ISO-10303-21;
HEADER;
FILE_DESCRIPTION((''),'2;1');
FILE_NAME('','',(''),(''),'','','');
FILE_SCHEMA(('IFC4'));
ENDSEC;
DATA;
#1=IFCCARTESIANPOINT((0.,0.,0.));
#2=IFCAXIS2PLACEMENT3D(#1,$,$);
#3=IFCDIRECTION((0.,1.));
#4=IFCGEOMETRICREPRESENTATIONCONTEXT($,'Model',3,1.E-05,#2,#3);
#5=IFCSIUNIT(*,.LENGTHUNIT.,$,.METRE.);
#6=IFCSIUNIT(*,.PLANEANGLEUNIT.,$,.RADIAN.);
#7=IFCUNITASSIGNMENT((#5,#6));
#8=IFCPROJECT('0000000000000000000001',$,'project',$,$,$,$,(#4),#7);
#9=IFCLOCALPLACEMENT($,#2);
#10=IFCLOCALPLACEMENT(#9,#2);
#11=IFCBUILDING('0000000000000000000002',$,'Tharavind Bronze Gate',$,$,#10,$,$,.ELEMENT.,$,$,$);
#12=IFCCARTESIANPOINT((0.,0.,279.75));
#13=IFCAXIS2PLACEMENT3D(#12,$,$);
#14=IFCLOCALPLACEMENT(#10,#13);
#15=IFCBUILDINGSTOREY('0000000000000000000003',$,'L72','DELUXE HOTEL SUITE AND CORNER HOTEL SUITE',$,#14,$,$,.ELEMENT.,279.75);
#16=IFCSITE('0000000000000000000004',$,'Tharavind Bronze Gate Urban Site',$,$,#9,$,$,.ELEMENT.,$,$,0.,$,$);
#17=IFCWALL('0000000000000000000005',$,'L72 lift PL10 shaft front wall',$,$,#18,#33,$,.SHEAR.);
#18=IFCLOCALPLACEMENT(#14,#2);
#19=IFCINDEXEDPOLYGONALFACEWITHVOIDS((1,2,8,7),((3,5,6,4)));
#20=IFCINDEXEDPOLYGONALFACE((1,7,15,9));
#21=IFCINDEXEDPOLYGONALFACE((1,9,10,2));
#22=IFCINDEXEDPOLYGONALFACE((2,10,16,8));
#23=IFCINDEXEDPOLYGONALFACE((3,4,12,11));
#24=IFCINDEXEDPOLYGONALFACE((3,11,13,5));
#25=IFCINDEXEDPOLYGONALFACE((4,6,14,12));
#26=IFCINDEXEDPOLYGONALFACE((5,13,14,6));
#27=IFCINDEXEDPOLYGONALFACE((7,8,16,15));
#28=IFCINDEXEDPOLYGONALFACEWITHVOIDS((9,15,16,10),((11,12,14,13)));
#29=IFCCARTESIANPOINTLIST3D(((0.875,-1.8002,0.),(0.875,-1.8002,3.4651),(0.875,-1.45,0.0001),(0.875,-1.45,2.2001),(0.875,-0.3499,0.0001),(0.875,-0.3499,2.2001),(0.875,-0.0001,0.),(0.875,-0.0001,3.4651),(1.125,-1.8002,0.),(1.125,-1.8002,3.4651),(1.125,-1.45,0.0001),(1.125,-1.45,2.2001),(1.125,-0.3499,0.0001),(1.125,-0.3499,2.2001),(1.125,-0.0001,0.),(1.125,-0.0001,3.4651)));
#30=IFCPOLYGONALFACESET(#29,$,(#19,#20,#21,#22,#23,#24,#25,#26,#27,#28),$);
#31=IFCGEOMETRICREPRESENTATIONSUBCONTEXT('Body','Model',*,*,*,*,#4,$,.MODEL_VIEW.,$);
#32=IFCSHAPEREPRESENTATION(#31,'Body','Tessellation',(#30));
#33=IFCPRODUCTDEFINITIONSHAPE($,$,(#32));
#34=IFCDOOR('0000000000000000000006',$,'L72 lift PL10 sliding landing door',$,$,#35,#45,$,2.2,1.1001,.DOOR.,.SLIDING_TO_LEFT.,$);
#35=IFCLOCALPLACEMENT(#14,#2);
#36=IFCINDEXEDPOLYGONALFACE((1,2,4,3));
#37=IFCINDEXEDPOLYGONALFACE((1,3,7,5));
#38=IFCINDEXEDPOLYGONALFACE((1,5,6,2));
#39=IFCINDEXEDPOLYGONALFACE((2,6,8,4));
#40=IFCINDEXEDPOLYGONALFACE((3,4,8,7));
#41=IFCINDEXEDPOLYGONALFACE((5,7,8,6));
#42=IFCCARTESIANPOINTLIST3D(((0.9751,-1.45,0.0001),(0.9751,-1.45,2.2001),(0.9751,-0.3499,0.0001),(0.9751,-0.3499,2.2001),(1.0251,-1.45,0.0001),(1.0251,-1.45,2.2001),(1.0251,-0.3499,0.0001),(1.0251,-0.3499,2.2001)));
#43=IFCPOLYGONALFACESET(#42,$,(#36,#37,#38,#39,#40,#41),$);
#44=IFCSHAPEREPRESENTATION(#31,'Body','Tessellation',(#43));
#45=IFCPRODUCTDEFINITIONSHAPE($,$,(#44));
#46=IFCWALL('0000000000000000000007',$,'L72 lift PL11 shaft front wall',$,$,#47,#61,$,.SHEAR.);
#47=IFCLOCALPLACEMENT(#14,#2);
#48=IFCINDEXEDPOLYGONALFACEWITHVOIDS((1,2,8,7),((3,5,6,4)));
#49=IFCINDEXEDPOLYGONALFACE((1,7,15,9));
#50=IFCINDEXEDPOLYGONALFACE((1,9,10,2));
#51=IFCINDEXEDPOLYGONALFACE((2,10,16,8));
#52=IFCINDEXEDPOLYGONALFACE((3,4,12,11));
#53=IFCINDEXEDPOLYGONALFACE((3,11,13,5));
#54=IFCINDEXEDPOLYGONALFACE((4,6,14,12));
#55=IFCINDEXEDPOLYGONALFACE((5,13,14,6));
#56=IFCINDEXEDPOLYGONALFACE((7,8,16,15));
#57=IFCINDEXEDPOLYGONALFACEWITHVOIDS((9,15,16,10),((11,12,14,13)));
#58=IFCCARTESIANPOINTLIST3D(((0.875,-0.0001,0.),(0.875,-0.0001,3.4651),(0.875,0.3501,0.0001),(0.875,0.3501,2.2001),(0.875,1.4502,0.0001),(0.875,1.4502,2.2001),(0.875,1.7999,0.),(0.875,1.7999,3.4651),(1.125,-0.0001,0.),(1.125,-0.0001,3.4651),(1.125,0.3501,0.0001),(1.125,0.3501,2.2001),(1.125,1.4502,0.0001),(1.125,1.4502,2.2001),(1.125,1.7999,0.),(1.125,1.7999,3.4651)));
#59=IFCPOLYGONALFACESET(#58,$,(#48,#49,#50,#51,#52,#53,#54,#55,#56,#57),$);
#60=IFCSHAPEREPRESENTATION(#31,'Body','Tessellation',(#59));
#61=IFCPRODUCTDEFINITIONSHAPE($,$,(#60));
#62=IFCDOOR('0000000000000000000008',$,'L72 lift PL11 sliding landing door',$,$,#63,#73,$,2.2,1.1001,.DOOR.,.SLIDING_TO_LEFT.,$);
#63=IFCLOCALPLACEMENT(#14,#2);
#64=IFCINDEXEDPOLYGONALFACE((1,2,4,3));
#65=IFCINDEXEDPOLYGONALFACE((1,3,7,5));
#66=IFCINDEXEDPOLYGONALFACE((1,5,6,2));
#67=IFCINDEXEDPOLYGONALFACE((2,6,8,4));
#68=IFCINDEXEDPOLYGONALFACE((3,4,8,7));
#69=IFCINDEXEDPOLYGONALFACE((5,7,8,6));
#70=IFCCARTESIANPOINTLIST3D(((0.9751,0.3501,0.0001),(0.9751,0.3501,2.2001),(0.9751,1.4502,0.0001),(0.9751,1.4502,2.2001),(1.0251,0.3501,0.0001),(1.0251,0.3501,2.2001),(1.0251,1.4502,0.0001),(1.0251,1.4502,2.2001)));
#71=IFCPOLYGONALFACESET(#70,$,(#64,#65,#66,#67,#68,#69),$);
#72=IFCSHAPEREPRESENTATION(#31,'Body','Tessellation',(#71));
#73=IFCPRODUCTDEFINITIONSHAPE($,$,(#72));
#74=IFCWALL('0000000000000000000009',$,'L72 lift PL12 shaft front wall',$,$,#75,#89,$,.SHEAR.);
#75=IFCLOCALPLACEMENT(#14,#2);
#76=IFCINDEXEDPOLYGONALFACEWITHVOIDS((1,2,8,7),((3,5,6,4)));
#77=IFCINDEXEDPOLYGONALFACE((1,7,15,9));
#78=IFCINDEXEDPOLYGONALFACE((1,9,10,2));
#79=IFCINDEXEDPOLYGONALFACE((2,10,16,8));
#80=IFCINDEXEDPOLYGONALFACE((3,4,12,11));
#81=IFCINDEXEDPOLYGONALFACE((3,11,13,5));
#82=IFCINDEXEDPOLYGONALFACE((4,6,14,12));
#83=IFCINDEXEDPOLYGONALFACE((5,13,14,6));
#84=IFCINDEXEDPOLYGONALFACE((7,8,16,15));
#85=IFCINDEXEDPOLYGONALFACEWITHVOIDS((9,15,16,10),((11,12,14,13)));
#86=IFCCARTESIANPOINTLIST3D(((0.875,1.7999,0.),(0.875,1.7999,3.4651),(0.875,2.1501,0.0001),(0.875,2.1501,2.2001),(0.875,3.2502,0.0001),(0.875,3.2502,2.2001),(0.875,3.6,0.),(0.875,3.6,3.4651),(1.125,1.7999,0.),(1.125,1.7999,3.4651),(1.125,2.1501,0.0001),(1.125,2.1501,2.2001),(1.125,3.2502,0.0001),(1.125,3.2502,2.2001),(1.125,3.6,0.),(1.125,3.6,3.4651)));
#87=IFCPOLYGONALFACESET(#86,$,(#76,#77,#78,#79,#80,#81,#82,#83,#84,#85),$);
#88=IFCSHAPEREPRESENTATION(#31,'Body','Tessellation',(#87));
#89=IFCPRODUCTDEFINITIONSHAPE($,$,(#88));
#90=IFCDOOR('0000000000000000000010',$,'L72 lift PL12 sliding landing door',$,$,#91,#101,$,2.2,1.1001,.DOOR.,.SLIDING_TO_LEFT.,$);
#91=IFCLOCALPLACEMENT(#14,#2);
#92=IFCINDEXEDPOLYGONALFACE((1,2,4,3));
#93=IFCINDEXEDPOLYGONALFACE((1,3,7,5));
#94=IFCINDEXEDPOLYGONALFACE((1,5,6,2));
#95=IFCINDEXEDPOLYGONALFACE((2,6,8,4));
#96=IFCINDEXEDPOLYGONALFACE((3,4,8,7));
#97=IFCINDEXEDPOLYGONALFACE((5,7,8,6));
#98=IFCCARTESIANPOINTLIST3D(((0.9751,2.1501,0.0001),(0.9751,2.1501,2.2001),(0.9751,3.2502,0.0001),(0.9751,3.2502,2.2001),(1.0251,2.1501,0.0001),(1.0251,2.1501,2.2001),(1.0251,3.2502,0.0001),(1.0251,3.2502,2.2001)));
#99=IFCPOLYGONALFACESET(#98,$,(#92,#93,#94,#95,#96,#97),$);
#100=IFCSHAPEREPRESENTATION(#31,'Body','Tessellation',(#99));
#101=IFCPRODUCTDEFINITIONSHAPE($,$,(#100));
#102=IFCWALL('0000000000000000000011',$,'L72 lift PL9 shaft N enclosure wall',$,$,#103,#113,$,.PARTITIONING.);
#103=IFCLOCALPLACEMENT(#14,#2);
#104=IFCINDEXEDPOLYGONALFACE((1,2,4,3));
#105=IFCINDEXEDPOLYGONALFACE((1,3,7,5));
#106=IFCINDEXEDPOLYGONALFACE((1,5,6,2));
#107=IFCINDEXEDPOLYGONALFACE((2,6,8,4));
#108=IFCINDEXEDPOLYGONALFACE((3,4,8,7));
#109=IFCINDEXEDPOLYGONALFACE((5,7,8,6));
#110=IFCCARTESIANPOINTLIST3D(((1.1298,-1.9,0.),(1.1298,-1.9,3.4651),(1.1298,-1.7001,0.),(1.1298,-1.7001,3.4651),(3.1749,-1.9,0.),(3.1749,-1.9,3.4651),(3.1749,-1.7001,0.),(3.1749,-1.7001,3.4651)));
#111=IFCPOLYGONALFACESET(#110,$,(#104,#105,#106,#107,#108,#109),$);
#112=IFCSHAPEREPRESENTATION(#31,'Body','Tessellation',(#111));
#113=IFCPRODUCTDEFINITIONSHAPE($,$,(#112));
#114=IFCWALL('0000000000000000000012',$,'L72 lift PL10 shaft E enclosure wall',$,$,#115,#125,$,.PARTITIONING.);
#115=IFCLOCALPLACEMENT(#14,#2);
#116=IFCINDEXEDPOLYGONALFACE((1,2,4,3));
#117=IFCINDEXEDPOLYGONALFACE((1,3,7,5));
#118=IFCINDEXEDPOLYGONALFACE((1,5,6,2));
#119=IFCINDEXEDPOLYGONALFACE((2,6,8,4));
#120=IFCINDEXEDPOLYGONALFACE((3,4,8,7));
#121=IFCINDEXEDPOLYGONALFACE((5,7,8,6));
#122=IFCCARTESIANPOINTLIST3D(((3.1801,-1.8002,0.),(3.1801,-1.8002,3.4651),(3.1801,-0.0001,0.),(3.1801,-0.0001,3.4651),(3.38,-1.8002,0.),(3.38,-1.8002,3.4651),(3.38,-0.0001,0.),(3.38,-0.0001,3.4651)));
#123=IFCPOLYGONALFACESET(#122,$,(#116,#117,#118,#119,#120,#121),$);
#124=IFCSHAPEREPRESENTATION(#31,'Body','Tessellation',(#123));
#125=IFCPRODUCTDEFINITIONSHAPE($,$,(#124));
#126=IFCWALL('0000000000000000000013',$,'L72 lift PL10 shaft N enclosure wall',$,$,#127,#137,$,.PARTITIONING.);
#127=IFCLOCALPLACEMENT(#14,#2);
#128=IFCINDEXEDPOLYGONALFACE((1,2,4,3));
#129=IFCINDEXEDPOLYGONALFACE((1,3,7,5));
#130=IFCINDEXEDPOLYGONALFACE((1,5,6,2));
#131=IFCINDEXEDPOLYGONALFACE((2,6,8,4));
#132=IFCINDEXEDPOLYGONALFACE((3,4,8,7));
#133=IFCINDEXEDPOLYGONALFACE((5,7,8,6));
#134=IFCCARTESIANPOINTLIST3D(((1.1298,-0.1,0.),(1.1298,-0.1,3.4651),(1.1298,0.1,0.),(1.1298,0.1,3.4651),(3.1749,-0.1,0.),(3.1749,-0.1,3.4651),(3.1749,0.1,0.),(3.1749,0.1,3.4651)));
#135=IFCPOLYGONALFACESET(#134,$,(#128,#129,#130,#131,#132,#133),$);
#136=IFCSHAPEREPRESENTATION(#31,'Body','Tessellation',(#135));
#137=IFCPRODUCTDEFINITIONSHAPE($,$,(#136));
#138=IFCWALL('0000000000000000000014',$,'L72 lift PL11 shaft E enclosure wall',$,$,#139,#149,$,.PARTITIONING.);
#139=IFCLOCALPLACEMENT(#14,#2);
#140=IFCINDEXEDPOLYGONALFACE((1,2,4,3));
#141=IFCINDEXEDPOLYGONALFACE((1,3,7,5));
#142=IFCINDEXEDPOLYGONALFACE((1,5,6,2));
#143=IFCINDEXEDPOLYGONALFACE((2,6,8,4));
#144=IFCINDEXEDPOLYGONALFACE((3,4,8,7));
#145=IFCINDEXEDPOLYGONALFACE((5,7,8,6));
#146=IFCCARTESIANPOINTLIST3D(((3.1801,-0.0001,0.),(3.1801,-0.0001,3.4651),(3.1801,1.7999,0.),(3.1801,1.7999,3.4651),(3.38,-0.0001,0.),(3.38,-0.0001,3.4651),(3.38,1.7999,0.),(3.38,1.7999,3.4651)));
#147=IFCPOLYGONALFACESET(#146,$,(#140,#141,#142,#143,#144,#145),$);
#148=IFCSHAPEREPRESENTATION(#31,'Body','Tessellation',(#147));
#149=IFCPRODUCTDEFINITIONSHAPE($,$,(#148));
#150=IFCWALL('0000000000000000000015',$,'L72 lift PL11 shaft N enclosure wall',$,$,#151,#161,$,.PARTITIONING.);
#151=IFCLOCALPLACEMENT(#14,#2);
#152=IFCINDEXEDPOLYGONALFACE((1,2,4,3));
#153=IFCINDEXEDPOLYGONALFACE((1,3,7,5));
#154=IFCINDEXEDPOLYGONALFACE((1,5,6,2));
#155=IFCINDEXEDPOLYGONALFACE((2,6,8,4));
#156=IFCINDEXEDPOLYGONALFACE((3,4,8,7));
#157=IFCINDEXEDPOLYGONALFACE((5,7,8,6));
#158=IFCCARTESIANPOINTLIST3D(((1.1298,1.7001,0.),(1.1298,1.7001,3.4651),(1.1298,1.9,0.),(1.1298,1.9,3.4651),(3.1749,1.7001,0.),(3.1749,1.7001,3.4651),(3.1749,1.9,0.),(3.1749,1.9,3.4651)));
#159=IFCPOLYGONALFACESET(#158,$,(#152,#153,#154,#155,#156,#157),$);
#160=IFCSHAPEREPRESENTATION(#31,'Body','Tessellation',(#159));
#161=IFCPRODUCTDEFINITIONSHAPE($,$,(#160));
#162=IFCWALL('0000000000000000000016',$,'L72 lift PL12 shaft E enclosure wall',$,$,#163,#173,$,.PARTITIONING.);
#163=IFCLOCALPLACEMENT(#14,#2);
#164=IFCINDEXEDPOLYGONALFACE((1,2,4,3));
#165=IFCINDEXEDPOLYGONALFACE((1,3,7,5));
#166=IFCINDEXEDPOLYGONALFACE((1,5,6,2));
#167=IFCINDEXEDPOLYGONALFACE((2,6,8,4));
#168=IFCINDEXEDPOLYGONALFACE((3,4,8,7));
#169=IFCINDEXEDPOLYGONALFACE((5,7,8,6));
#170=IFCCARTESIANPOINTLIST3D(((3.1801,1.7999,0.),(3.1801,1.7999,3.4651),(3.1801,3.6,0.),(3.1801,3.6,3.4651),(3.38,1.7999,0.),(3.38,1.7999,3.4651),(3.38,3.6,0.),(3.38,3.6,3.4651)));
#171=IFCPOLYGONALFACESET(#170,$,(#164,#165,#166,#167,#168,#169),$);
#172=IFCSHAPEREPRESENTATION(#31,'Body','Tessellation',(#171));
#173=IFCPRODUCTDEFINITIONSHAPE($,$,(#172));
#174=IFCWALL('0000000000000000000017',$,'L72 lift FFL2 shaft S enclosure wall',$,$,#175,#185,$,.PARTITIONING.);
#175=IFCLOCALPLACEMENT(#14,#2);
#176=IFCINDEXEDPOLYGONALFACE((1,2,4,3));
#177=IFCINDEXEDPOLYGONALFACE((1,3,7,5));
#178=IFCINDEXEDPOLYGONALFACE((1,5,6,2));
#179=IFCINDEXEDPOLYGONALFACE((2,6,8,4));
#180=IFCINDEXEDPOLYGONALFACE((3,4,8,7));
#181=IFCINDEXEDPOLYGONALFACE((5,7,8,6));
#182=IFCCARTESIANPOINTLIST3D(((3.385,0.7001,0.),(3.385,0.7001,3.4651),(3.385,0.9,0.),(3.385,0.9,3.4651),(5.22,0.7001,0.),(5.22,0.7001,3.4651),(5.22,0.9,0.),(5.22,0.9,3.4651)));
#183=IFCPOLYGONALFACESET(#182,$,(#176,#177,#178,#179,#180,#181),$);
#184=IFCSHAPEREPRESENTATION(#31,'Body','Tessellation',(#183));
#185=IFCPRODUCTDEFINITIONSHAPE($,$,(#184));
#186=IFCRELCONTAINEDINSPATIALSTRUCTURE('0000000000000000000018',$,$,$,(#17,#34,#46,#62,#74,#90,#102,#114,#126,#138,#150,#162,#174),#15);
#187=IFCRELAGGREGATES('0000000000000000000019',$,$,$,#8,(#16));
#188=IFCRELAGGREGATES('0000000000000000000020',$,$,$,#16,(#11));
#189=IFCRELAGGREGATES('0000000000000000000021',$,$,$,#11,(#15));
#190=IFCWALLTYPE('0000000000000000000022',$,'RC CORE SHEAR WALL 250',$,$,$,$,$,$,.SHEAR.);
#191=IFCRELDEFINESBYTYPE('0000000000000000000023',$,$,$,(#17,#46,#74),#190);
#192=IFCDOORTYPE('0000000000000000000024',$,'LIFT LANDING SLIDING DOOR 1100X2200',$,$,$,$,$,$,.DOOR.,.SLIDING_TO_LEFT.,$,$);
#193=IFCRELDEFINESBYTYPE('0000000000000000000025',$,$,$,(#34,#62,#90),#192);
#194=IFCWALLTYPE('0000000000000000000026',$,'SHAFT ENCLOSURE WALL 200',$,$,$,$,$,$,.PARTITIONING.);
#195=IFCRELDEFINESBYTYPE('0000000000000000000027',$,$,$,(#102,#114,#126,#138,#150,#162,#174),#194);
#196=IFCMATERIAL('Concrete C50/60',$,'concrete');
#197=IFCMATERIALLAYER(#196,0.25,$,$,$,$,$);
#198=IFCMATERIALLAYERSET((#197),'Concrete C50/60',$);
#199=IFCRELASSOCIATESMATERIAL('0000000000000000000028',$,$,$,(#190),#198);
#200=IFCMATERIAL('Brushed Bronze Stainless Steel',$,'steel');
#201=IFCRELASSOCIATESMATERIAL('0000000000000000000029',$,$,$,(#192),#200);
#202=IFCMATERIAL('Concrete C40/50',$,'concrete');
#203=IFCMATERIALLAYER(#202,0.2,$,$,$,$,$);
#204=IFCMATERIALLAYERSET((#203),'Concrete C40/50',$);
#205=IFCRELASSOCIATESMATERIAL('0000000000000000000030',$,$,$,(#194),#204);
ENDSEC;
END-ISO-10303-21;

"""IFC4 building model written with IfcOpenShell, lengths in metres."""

from ifc_helpers import new_model, si_unit, direction, frame, frame_2d, origin, place, context, subcontext, project, spatial, rectangle, extrude, material, layer, layer_set, type_object, element, fill, save


model = new_model("IFC4")

# Units and contexts
model_context = context("Model", 3, precision=1e-05, world=origin(), true_north=direction((0.0, 1.0)))
body_context = subcontext(model_context, "Body", "Model", "MODEL_VIEW")
ifc_project = project(units=[si_unit("LENGTHUNIT", "METRE"), si_unit("PLANEANGLEUNIT", "RADIAN")], contexts=[model_context])

# Site, building, storey
site_placement = place(None, origin())
site = spatial("IfcSite", under=ifc_project, at=site_placement, Name="Tharavind Bronze Gate Urban Site", CompositionType="ELEMENT", RefElevation=0.0)
building_placement = place(site_placement, origin())
building = spatial("IfcBuilding", under=site, at=building_placement, Name="Tharavind Bronze Gate", CompositionType="ELEMENT")
storey_placement = place(building_placement, frame((0.0, 0.0, 279.75)))
storey = spatial("IfcBuildingStorey", under=building, at=storey_placement, Name="L72", Description="DELUXE HOTEL SUITE AND CORNER HOTEL SUITE", CompositionType="ELEMENT", Elevation=279.75)

# Walls, openings, doors
ifc_material_1 = material(Name="Concrete C50/60", Category="concrete")
ifc_layer_1 = layer(ifc_material_1, 0.25)
ifc_layer_set_1 = layer_set([ifc_layer_1], Name="Concrete C50/60")
wall_type_1 = type_object("IfcWallType", Name="RC CORE SHEAR WALL 250", PredefinedType="SHEAR", material=ifc_layer_set_1)
wall_1_placement = place(storey_placement, frame((1.0, -1.8, 0.0), z_axis=(0.0, 0.0, 1.0), x_axis=(0.0, 1.0, 0.0)))
wall_1 = element("IfcWall", 1, at=wall_1_placement, inside=storey, type_object=wall_type_1, Name="L72 lift PL10 shaft front wall", PredefinedType="SHEAR", context=body_context, shape_type="SweptSolid", body=[
    extrude(rectangle(XDim=1.8, YDim=0.25, at=frame_2d((0.8999, 0.0))), origin(), (0.0, 0.0, 1.0), 3.4651),
])
opening_1_placement = place(wall_1_placement, frame((0.3501, 0.0, 0.0)))
opening_1 = element("IfcOpeningElement", 2, at=opening_1_placement, cuts=wall_1, PredefinedType="OPENING", context=body_context, shape_type="SweptSolid", body=[
    extrude(rectangle(XDim=1.1001, YDim=2.2, at=frame_2d((0.55, 1.1001))), frame((0.0, 0.135, 0.0), z_axis=(0.0, -1.0, 0.0), x_axis=(1.0, 0.0, 0.0)), (0.0, 0.0, 1.0), 0.27),
])
ifc_material_2 = material(Name="Brushed Bronze Stainless Steel", Category="steel")
door_type = type_object("IfcDoorType", Name="LIFT LANDING SLIDING DOOR 1100X2200", OperationType="SLIDING_TO_LEFT", PredefinedType="DOOR", material=ifc_material_2)
door_1_placement = place(opening_1_placement, origin())
door_1 = element("IfcDoor", 3, at=door_1_placement, inside=storey, type_object=door_type, Name="L72 lift PL10 sliding landing door", OperationType="SLIDING_TO_LEFT", OverallHeight=2.2, OverallWidth=1.1001, PredefinedType="DOOR", context=body_context, shape_type="SweptSolid", body=[
    extrude(rectangle(XDim=1.1001, YDim=2.2, at=frame_2d((0.55, 1.1001))), frame((0.0, 0.0249, 0.0), z_axis=(0.0, -1.0, 0.0), x_axis=(1.0, 0.0, 0.0)), (0.0, 0.0, 1.0), 0.05),
])
fill(opening_1, door_1)
wall_2_placement = place(storey_placement, frame((1.0, 0.0, 0.0), z_axis=(0.0, 0.0, 1.0), x_axis=(0.0, 1.0, 0.0)))
wall_2 = element("IfcWall", 4, at=wall_2_placement, inside=storey, type_object=wall_type_1, Name="L72 lift PL11 shaft front wall", PredefinedType="SHEAR", context=body_context, shape_type="SweptSolid", body=[
    extrude(rectangle(XDim=1.8, YDim=0.25, at=frame_2d((0.8999, 0.0))), origin(), (0.0, 0.0, 1.0), 3.4651),
])
opening_2_placement = place(wall_2_placement, frame((0.3501, 0.0, 0.0)))
opening_2 = element("IfcOpeningElement", 5, at=opening_2_placement, cuts=wall_2, PredefinedType="OPENING", context=body_context, shape_type="SweptSolid", body=[
    extrude(rectangle(XDim=1.1001, YDim=2.2, at=frame_2d((0.55, 1.1001))), frame((0.0, 0.135, 0.0), z_axis=(0.0, -1.0, 0.0), x_axis=(1.0, 0.0, 0.0)), (0.0, 0.0, 1.0), 0.27),
])
door_2_placement = place(opening_2_placement, origin())
door_2 = element("IfcDoor", 6, at=door_2_placement, inside=storey, type_object=door_type, Name="L72 lift PL11 sliding landing door", OperationType="SLIDING_TO_LEFT", OverallHeight=2.2, OverallWidth=1.1001, PredefinedType="DOOR", context=body_context, shape_type="SweptSolid", body=[
    extrude(rectangle(XDim=1.1001, YDim=2.2, at=frame_2d((0.55, 1.1001))), frame((0.0, 0.0249, 0.0), z_axis=(0.0, -1.0, 0.0), x_axis=(1.0, 0.0, 0.0)), (0.0, 0.0, 1.0), 0.05),
])
fill(opening_2, door_2)
wall_3_placement = place(storey_placement, frame((1.0, 1.8, 0.0), z_axis=(0.0, 0.0, 1.0), x_axis=(0.0, 1.0, 0.0)))
wall_3 = element("IfcWall", 7, at=wall_3_placement, inside=storey, type_object=wall_type_1, Name="L72 lift PL12 shaft front wall", PredefinedType="SHEAR", context=body_context, shape_type="SweptSolid", body=[
    extrude(rectangle(XDim=1.8, YDim=0.25, at=frame_2d((0.8999, 0.0))), origin(), (0.0, 0.0, 1.0), 3.4651),
])
opening_3_placement = place(wall_3_placement, frame((0.3501, 0.0, 0.0)))
opening_3 = element("IfcOpeningElement", 8, at=opening_3_placement, cuts=wall_3, PredefinedType="OPENING", context=body_context, shape_type="SweptSolid", body=[
    extrude(rectangle(XDim=1.1001, YDim=2.2, at=frame_2d((0.55, 1.1001))), frame((0.0, 0.135, 0.0), z_axis=(0.0, -1.0, 0.0), x_axis=(1.0, 0.0, 0.0)), (0.0, 0.0, 1.0), 0.27),
])
door_3_placement = place(opening_3_placement, origin())
door_3 = element("IfcDoor", 9, at=door_3_placement, inside=storey, type_object=door_type, Name="L72 lift PL12 sliding landing door", OperationType="SLIDING_TO_LEFT", OverallHeight=2.2, OverallWidth=1.1001, PredefinedType="DOOR", context=body_context, shape_type="SweptSolid", body=[
    extrude(rectangle(XDim=1.1001, YDim=2.2, at=frame_2d((0.55, 1.1001))), frame((0.0, 0.0249, 0.0), z_axis=(0.0, -1.0, 0.0), x_axis=(1.0, 0.0, 0.0)), (0.0, 0.0, 1.0), 0.05),
])
fill(opening_3, door_3)

# Walls
ifc_material_3 = material(Name="Concrete C40/50", Category="concrete")
ifc_layer_2 = layer(ifc_material_3, 0.2)
ifc_layer_set_2 = layer_set([ifc_layer_2], Name="Concrete C40/50")
wall_type_2 = type_object("IfcWallType", Name="SHAFT ENCLOSURE WALL 200", PredefinedType="PARTITIONING", material=ifc_layer_set_2)
wall_4_placement = place(storey_placement, frame((1.1299, -1.8, 0.0), z_axis=(0.0, 0.0, 1.0), x_axis=(1.0, 0.0, 0.0)))
element("IfcWall", 10, at=wall_4_placement, inside=storey, type_object=wall_type_2, Name="L72 lift PL9 shaft N enclosure wall", PredefinedType="PARTITIONING", context=body_context, shape_type="SweptSolid", body=[
    extrude(rectangle(XDim=2.0452, YDim=0.2, at=frame_2d((1.0225, 0.0))), origin(), (0.0, 0.0, 1.0), 3.4651),
])
wall_5_placement = place(storey_placement, frame((3.28, -1.8, 0.0), z_axis=(0.0, 0.0, 1.0), x_axis=(0.0, 1.0, 0.0)))
element("IfcWall", 11, at=wall_5_placement, inside=storey, type_object=wall_type_2, Name="L72 lift PL10 shaft E enclosure wall", PredefinedType="PARTITIONING", context=body_context, shape_type="SweptSolid", body=[
    extrude(rectangle(XDim=1.8, YDim=0.2, at=frame_2d((0.8999, 0.0))), origin(), (0.0, 0.0, 1.0), 3.4651),
])
wall_6_placement = place(storey_placement, frame((1.1299, 0.0, 0.0), z_axis=(0.0, 0.0, 1.0), x_axis=(1.0, 0.0, 0.0)))
element("IfcWall", 12, at=wall_6_placement, inside=storey, type_object=wall_type_2, Name="L72 lift PL10 shaft N enclosure wall", PredefinedType="PARTITIONING", context=body_context, shape_type="SweptSolid", body=[
    extrude(rectangle(XDim=2.0452, YDim=0.2, at=frame_2d((1.0225, 0.0))), origin(), (0.0, 0.0, 1.0), 3.4651),
])
wall_7_placement = place(storey_placement, frame((3.28, 0.0, 0.0), z_axis=(0.0, 0.0, 1.0), x_axis=(0.0, 1.0, 0.0)))
element("IfcWall", 13, at=wall_7_placement, inside=storey, type_object=wall_type_2, Name="L72 lift PL11 shaft E enclosure wall", PredefinedType="PARTITIONING", context=body_context, shape_type="SweptSolid", body=[
    extrude(rectangle(XDim=1.8, YDim=0.2, at=frame_2d((0.8999, 0.0))), origin(), (0.0, 0.0, 1.0), 3.4651),
])
wall_8_placement = place(storey_placement, frame((1.1299, 1.8, 0.0), z_axis=(0.0, 0.0, 1.0), x_axis=(1.0, 0.0, 0.0)))
element("IfcWall", 14, at=wall_8_placement, inside=storey, type_object=wall_type_2, Name="L72 lift PL11 shaft N enclosure wall", PredefinedType="PARTITIONING", context=body_context, shape_type="SweptSolid", body=[
    extrude(rectangle(XDim=2.0452, YDim=0.2, at=frame_2d((1.0225, 0.0))), origin(), (0.0, 0.0, 1.0), 3.4651),
])
wall_9_placement = place(storey_placement, frame((3.28, 1.8, 0.0), z_axis=(0.0, 0.0, 1.0), x_axis=(0.0, 1.0, 0.0)))
element("IfcWall", 15, at=wall_9_placement, inside=storey, type_object=wall_type_2, Name="L72 lift PL12 shaft E enclosure wall", PredefinedType="PARTITIONING", context=body_context, shape_type="SweptSolid", body=[
    extrude(rectangle(XDim=1.8, YDim=0.2, at=frame_2d((0.8999, 0.0))), origin(), (0.0, 0.0, 1.0), 3.4651),
])
for number, where, z_axis, x_axis, name in (
    (16, (3.385, 0.8, 0.0), (0.0, 0.0, 1.0), (1.0, 0.0, 0.0), "L72 lift FFL2 shaft S enclosure wall"),
):
    element("IfcWall", number, at=place(storey_placement, frame(where, z_axis=z_axis, x_axis=x_axis)), inside=storey, type_object=wall_type_2, Name=name, PredefinedType="PARTITIONING", context=body_context, shape_type="SweptSolid", body=[
        extrude(rectangle(XDim=1.835, YDim=0.2, at=frame_2d((0.9175, 0.0))), origin(), (0.0, 0.0, 1.0), 3.4651),
    ])

save(model, "model.ifc")
